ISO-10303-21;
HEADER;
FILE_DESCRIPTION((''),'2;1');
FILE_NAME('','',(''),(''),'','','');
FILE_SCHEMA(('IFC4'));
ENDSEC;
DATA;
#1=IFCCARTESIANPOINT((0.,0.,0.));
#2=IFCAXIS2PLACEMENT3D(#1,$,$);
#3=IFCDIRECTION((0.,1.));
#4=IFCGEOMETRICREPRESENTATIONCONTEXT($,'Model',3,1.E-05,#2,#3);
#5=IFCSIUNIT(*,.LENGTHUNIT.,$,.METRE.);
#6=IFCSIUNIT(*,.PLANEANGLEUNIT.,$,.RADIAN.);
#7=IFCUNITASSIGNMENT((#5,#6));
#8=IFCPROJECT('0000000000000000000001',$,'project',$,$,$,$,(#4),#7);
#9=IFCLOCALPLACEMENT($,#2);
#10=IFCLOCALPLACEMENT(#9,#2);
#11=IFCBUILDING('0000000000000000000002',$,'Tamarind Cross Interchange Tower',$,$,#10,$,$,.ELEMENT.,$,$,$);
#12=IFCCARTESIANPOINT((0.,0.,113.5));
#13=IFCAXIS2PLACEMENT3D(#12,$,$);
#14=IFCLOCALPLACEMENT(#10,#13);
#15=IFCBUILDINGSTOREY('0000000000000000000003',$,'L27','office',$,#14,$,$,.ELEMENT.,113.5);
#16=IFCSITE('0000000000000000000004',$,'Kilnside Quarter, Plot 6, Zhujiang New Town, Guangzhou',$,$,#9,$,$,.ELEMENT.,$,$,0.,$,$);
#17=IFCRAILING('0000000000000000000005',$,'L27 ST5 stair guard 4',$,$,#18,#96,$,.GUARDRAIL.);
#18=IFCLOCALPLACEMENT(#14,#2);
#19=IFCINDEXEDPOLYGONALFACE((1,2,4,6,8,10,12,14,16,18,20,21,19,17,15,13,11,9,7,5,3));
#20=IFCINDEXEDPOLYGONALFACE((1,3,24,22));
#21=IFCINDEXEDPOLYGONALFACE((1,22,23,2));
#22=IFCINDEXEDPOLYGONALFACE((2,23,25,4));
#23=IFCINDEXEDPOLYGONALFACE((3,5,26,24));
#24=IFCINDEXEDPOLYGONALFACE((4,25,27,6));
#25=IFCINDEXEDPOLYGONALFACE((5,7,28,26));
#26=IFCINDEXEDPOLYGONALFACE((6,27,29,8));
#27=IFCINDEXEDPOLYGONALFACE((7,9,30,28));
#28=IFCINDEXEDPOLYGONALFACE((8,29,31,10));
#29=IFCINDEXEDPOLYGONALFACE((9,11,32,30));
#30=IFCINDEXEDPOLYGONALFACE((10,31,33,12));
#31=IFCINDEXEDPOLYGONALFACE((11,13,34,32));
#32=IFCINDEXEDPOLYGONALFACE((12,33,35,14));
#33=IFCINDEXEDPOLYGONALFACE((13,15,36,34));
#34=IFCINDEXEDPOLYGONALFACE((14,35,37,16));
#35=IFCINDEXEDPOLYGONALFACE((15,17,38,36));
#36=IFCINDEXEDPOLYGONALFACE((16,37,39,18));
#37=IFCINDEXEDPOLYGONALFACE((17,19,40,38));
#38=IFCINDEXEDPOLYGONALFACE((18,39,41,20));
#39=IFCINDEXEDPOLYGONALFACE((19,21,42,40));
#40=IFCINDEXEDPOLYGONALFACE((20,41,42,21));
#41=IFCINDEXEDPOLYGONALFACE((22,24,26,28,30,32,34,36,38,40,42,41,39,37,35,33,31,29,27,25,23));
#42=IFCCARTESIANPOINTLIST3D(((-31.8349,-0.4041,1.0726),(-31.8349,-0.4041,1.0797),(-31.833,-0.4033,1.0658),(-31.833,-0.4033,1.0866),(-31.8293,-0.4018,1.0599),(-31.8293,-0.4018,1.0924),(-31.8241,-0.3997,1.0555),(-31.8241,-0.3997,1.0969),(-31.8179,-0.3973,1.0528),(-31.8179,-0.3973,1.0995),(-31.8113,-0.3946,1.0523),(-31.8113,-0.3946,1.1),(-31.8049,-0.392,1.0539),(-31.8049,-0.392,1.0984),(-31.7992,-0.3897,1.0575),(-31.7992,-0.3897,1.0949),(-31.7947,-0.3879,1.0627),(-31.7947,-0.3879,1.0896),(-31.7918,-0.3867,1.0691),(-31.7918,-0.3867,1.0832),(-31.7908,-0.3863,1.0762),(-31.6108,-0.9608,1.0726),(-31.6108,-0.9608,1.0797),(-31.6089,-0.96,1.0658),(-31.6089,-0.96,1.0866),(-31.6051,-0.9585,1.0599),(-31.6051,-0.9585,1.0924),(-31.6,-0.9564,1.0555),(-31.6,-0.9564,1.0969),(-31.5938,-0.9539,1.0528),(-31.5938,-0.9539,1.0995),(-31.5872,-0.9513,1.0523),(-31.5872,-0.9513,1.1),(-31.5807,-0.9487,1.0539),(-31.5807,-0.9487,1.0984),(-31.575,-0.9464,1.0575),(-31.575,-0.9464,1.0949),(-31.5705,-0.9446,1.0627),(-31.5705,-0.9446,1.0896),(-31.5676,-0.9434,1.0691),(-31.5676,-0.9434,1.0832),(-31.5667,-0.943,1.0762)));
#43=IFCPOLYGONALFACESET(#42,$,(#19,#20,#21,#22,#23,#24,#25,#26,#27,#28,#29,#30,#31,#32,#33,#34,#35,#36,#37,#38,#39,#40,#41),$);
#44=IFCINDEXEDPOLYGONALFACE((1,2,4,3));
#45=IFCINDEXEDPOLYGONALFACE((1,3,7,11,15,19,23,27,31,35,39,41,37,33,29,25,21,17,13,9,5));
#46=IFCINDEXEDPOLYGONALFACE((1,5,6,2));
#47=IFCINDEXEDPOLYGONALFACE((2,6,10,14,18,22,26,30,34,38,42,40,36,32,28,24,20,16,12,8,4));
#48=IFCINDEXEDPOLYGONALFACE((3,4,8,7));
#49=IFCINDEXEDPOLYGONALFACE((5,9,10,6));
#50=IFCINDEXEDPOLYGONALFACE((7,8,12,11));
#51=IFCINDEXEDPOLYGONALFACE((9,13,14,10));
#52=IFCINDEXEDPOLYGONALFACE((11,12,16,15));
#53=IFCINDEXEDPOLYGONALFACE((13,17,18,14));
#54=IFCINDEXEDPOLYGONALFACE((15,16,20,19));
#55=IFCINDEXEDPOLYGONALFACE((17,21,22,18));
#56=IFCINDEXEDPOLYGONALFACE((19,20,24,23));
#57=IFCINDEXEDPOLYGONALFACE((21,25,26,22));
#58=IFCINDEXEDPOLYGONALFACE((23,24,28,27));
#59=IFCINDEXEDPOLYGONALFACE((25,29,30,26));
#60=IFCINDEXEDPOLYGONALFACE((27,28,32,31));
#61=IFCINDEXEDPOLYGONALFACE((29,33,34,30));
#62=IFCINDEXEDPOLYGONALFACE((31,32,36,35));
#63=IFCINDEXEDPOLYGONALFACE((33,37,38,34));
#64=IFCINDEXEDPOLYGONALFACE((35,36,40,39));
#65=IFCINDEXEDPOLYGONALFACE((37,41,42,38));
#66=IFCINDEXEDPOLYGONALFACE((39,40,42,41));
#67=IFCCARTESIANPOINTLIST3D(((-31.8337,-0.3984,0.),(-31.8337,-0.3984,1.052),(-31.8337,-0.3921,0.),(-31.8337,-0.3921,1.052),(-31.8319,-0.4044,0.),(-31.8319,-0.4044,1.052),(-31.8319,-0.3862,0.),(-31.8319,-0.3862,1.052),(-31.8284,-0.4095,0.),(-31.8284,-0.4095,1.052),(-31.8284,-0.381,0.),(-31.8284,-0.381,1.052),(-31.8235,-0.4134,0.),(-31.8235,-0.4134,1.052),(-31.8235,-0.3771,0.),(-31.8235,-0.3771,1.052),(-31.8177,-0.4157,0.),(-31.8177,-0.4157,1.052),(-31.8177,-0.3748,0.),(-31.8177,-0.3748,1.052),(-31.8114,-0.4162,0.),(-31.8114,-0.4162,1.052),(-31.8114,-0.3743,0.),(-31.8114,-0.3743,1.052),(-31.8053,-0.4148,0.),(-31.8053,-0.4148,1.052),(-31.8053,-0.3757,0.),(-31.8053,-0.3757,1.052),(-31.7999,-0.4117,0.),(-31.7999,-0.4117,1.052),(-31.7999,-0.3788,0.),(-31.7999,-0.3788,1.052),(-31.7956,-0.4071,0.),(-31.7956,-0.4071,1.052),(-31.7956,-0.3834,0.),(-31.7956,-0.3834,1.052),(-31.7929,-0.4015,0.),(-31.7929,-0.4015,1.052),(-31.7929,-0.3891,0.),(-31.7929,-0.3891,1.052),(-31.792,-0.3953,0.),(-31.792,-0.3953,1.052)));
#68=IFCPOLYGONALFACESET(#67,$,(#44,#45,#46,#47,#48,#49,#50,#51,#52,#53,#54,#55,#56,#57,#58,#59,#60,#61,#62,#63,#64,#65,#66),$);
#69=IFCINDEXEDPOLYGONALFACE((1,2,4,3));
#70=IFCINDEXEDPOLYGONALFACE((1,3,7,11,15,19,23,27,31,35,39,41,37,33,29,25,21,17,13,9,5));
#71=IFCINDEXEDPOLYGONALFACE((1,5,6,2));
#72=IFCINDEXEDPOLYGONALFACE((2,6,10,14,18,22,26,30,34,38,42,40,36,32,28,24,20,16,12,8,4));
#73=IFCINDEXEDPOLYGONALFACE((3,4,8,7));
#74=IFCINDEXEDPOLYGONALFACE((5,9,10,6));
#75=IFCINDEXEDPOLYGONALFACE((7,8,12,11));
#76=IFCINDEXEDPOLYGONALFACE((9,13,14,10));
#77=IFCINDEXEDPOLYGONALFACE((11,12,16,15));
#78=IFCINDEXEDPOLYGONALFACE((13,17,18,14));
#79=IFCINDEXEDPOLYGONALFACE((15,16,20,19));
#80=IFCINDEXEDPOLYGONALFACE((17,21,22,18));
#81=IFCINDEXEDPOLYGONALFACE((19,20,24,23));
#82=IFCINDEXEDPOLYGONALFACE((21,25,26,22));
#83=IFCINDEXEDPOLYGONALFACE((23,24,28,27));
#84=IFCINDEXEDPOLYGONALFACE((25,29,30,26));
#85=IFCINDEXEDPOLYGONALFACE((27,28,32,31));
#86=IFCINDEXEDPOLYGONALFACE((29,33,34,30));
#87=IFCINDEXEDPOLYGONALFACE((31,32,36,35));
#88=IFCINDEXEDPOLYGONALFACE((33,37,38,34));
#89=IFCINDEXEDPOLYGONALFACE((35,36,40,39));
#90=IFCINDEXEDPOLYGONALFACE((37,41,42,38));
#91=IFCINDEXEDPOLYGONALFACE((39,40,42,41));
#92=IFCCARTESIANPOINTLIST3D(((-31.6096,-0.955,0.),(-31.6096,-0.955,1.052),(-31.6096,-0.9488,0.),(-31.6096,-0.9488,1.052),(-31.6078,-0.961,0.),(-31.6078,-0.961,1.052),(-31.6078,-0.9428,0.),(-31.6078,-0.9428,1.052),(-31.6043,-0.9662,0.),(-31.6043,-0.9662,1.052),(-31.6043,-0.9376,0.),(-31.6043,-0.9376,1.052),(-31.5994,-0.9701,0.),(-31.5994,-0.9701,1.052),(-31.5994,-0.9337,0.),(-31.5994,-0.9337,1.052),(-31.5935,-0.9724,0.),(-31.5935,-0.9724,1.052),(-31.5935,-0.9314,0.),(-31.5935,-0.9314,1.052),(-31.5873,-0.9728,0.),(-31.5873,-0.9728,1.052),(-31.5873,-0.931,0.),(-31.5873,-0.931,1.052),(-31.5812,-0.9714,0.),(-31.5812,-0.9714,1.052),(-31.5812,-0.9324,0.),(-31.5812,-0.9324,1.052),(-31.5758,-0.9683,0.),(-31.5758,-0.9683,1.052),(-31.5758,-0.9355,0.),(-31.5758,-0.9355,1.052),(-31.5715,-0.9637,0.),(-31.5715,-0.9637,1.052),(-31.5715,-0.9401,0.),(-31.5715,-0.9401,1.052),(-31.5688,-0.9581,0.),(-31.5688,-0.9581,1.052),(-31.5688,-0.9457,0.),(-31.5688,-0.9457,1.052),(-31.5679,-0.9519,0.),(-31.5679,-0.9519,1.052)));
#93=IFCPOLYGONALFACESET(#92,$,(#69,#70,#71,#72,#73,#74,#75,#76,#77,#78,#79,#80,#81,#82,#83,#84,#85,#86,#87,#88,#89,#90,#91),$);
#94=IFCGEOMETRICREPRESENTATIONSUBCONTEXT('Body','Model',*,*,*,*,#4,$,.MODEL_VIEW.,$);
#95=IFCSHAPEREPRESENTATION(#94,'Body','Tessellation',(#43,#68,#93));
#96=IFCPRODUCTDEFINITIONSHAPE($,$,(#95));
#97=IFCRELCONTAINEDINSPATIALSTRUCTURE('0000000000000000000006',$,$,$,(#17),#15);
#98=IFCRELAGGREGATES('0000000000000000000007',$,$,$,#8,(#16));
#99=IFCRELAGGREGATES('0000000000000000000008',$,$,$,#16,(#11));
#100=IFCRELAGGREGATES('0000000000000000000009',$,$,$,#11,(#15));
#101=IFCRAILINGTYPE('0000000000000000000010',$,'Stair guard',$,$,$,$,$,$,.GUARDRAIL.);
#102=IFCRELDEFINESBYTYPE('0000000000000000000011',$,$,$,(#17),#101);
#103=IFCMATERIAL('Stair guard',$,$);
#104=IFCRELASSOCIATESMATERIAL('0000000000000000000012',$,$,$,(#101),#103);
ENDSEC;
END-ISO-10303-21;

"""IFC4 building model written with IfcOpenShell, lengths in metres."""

from ifc_helpers import new_model, si_unit, direction, frame, origin, origin_2d, place, context, subcontext, project, spatial, circle, extrude, material, type_object, element, save


model = new_model("IFC4")

# Units and contexts
model_context = context("Model", 3, precision=1e-05, world=origin(), true_north=direction((0.0, 1.0)))
body_context = subcontext(model_context, "Body", "Model", "MODEL_VIEW")
ifc_project = project(units=[si_unit("LENGTHUNIT", "METRE"), si_unit("PLANEANGLEUNIT", "RADIAN")], contexts=[model_context])

# Site, building, storey
site_placement = place(None, origin())
site = spatial("IfcSite", under=ifc_project, at=site_placement, Name="Kilnside Quarter, Plot 6, Zhujiang New Town, Guangzhou", CompositionType="ELEMENT", RefElevation=0.0)
building_placement = place(site_placement, origin())
building = spatial("IfcBuilding", under=site, at=building_placement, Name="Tamarind Cross Interchange Tower", CompositionType="ELEMENT")
storey_placement = place(building_placement, frame((0.0, 0.0, 113.5)))
storey = spatial("IfcBuildingStorey", under=building, at=storey_placement, Name="L27", Description="office", CompositionType="ELEMENT", Elevation=113.5)

# Railing
ifc_material_1 = material(Name="Stair guard")
railing_type = type_object("IfcRailingType", Name="Stair guard", PredefinedType="GUARDRAIL", material=ifc_material_1)
railing_placement = place(storey_placement, frame((-31.813, -0.3953, 0.0)))
element("IfcRailing", 1, at=railing_placement, inside=storey, type_object=railing_type, Name="L27 ST5 stair guard 4", PredefinedType="GUARDRAIL", context=body_context, shape_type="SweptSolid", body=[
    extrude(circle(Radius=0.0239, at=origin_2d()), frame((0.0, 0.0, 1.0762), z_axis=(0.373494, -0.927633, 0.0), x_axis=(0.927633, 0.373494, 0.0)), (0.0, 0.0, 1.0), 0.6001),
    extrude(circle(Radius=0.021, at=origin_2d()), origin(), (0.0, 0.0, 1.0), 1.052),
    extrude(circle(Radius=0.021, at=origin_2d()), frame((0.2241, -0.5566, 0.0)), (0.0, 0.0, 1.0), 1.052),
])

save(model, "model.ifc")
